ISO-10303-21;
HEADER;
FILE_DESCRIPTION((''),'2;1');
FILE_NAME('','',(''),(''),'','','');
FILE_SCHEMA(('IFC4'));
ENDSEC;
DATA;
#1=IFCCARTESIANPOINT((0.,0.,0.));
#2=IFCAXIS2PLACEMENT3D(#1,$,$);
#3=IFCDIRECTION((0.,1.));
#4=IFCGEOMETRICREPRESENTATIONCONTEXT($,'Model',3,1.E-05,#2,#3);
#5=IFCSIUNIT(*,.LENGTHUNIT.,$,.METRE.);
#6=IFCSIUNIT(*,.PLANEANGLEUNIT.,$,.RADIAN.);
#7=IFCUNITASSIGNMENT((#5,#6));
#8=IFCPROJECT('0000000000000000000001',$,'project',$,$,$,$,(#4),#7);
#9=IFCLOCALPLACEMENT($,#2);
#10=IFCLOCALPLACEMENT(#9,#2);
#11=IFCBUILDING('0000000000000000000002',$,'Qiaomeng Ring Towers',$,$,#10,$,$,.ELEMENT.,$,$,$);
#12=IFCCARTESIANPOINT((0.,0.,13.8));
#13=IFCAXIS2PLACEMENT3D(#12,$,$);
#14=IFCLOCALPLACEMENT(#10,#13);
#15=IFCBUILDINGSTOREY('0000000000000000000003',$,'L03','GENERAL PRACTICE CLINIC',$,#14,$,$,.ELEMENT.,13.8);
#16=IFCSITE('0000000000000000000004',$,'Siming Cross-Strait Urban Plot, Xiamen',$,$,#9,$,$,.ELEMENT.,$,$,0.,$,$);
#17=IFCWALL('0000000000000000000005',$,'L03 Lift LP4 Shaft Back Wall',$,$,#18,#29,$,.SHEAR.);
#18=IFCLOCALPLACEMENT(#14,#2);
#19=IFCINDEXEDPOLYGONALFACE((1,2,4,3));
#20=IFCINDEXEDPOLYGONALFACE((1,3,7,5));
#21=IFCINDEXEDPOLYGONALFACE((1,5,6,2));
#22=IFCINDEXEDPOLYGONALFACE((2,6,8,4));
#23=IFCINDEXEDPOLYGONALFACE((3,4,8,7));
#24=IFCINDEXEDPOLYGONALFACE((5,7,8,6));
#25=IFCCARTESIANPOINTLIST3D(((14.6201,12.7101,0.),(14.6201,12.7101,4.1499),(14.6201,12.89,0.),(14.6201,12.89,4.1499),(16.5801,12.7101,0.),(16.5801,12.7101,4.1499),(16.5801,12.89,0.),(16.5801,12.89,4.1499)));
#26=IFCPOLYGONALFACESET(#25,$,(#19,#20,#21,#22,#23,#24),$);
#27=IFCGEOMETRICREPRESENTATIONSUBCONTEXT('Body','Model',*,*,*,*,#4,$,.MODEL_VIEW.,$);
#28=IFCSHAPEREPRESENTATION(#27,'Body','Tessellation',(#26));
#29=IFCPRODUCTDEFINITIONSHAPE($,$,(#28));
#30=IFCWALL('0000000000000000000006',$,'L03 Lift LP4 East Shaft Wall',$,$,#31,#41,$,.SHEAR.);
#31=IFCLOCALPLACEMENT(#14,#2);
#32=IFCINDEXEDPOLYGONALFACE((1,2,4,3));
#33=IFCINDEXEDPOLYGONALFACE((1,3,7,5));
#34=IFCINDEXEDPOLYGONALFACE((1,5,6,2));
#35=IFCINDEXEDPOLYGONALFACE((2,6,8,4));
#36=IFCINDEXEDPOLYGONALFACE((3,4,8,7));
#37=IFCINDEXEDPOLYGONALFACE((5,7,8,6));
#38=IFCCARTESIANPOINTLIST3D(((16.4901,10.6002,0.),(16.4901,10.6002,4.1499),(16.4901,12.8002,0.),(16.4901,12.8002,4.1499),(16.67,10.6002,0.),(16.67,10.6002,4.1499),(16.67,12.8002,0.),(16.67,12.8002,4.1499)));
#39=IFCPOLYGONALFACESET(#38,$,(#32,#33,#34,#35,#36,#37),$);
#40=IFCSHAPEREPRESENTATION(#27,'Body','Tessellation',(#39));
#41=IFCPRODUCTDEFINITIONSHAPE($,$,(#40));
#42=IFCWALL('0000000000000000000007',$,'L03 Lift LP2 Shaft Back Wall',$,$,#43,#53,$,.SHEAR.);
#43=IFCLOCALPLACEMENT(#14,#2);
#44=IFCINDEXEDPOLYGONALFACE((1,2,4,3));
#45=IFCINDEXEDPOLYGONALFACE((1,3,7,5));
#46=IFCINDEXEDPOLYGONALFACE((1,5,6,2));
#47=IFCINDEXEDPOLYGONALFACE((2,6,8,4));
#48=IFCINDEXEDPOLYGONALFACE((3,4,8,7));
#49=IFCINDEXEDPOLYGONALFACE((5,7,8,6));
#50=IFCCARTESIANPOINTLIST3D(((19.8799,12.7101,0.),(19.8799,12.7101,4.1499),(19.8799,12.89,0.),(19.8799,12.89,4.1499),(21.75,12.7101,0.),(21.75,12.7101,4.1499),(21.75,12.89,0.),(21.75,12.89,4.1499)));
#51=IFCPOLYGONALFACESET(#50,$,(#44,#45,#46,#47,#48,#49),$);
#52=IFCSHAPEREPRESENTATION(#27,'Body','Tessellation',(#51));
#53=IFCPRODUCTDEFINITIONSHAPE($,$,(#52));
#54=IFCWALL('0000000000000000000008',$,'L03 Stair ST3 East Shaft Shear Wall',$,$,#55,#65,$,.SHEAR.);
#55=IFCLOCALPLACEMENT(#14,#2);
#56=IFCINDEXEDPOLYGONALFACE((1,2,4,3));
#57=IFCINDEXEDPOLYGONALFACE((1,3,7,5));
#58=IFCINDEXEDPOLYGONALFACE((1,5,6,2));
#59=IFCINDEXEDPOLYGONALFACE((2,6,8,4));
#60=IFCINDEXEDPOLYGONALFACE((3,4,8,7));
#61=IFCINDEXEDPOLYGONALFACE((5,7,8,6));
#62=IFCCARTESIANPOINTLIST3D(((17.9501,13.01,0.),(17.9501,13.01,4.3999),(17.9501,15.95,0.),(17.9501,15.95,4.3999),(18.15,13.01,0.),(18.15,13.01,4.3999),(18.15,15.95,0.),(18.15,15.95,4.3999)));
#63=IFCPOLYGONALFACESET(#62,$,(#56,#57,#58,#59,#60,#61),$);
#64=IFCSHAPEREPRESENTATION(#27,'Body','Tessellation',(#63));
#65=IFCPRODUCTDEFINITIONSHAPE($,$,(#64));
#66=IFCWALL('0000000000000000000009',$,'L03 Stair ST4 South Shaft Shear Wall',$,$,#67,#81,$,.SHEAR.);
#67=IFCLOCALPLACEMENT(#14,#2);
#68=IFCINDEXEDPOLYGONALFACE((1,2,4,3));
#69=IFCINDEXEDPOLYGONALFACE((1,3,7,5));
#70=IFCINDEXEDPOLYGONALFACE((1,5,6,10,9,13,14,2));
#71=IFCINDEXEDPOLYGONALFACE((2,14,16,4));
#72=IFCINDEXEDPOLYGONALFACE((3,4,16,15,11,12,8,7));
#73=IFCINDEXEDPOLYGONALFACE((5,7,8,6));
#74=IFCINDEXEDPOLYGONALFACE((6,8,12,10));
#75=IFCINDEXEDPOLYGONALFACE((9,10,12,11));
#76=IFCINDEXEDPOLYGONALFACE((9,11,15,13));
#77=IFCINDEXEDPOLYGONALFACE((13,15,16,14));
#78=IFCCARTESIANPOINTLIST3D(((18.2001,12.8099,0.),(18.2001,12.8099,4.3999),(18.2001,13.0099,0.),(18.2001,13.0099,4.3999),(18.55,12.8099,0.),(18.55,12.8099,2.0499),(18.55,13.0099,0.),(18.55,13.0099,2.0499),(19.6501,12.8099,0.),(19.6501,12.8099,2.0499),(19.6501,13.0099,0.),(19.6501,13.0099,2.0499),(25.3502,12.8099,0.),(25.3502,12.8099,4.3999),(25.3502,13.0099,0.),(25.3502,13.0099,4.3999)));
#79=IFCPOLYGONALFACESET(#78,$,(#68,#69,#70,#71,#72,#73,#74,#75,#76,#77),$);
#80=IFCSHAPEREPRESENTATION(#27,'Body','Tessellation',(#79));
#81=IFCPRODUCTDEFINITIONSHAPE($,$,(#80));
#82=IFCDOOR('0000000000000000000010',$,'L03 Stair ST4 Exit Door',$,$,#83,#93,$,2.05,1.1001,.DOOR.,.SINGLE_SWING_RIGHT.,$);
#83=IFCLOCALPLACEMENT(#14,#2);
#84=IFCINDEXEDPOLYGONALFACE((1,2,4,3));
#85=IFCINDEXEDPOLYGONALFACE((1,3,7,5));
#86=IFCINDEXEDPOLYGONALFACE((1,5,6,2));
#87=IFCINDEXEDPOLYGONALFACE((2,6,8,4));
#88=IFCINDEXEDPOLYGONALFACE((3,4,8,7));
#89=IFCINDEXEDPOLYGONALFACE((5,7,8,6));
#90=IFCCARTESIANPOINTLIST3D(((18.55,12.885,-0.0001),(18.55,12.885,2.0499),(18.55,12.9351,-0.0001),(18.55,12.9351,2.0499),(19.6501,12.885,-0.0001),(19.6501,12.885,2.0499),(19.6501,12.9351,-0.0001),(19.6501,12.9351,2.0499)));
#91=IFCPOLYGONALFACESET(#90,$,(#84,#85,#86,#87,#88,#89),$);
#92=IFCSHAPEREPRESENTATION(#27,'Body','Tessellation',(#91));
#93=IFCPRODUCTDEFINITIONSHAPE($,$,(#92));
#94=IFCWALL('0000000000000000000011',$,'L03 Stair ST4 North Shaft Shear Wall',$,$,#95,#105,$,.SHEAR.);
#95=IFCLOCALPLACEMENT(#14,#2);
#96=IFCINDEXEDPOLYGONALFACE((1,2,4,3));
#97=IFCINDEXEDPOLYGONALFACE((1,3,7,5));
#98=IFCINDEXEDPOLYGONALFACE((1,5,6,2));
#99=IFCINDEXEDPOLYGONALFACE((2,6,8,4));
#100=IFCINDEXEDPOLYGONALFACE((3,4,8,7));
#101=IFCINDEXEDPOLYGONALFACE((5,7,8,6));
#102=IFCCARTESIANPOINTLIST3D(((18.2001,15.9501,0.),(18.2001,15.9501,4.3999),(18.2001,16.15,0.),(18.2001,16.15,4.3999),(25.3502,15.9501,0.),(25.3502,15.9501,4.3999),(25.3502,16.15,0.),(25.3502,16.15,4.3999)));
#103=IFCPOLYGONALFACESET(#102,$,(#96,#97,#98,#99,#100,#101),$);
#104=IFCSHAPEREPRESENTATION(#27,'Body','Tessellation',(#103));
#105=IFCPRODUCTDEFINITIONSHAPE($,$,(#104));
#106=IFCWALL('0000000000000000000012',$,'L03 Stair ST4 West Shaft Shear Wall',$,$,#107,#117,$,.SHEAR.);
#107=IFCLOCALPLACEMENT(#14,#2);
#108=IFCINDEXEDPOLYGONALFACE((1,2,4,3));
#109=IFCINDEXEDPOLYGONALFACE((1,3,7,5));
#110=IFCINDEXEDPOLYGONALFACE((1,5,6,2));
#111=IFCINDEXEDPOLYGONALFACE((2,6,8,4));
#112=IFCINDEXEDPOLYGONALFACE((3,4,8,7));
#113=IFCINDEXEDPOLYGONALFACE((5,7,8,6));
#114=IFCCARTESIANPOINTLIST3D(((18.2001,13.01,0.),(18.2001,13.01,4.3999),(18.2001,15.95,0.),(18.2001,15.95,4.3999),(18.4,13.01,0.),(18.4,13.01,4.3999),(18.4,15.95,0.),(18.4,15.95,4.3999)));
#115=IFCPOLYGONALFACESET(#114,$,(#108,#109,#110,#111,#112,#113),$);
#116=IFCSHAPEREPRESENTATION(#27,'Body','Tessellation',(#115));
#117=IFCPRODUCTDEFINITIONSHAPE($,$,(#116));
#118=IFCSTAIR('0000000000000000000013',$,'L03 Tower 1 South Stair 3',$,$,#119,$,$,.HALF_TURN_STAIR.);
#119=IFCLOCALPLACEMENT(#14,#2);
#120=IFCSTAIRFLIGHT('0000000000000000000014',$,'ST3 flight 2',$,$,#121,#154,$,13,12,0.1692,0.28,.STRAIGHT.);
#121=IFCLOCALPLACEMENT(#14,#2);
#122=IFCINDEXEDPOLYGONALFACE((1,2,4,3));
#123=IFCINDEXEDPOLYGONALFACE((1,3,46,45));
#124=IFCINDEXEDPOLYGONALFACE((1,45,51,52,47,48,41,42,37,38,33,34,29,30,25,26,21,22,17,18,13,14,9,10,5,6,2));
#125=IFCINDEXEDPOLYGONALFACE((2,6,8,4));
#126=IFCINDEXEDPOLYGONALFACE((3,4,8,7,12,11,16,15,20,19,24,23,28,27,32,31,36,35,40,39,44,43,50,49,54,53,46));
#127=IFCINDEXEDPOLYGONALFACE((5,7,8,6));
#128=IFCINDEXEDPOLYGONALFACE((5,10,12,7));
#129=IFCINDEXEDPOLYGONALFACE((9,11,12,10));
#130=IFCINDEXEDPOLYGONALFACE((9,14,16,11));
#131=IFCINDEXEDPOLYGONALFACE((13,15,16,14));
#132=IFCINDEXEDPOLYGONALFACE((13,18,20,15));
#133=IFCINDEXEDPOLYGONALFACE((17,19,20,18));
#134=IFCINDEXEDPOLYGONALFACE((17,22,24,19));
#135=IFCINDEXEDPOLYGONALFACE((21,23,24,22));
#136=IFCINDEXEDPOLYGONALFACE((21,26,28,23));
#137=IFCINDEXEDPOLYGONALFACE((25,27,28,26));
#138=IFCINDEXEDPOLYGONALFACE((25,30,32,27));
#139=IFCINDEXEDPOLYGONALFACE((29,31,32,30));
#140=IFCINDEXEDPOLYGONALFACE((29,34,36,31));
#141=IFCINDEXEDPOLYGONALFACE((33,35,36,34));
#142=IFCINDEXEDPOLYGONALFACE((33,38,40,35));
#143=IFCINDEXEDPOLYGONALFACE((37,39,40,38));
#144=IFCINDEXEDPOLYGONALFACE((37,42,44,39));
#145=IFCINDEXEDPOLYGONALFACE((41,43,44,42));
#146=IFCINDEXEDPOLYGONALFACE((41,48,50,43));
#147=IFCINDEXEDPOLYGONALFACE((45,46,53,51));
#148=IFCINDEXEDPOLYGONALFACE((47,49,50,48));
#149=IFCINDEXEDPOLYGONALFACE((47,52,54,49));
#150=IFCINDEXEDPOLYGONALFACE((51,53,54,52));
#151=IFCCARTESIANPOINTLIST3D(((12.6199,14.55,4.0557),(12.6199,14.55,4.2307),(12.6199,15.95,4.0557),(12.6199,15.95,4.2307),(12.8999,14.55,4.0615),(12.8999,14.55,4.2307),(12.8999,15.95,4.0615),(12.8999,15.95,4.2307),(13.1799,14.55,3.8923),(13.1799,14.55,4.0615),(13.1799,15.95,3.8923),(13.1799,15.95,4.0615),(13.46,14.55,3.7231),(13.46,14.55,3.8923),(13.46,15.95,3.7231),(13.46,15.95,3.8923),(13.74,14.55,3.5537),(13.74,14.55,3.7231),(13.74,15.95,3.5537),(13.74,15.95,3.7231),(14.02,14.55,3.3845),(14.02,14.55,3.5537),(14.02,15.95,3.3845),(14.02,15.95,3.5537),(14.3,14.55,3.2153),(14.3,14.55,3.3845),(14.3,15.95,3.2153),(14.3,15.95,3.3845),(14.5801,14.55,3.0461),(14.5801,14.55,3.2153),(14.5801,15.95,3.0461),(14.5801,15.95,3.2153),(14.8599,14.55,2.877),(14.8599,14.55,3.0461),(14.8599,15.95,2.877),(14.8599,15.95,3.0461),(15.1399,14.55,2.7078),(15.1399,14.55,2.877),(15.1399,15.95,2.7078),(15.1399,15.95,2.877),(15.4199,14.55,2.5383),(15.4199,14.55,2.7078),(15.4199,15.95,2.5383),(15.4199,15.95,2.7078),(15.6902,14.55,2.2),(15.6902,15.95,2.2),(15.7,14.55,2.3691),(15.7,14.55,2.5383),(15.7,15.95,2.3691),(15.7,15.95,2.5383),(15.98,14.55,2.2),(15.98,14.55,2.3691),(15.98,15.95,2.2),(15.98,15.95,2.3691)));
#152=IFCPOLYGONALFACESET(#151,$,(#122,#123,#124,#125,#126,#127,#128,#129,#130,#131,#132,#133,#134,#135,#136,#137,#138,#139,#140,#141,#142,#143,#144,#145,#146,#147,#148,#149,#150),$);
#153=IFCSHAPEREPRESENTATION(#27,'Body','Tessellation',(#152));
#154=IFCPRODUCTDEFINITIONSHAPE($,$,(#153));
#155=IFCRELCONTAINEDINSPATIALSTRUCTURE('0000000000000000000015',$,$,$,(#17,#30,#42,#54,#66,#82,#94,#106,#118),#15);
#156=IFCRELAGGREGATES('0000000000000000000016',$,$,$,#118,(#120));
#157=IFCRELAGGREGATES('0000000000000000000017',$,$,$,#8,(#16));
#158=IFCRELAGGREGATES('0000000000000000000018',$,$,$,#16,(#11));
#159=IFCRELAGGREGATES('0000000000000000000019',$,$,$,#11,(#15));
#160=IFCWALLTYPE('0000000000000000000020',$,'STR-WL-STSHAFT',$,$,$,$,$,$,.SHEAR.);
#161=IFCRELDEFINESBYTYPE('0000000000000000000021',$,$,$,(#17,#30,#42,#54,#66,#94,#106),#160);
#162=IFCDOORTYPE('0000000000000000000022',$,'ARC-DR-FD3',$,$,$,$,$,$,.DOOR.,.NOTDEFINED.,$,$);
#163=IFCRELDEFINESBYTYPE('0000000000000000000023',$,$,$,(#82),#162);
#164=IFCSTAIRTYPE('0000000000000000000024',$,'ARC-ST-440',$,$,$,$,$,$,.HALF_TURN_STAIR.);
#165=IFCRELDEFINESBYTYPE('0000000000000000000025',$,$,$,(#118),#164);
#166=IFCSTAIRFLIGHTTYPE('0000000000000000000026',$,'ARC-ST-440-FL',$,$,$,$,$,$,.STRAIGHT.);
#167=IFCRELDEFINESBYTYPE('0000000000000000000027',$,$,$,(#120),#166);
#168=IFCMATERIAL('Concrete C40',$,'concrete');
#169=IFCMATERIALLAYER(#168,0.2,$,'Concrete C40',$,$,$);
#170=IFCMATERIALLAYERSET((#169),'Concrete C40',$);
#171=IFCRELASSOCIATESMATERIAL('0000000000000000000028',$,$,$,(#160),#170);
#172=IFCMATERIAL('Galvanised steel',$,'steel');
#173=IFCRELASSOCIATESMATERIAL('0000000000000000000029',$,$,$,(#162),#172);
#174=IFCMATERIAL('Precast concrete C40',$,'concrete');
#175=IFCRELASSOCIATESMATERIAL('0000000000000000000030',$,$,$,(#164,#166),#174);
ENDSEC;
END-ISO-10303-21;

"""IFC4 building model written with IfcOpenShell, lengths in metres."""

from ifc_helpers import new_model, si_unit, direction, frame, frame_2d, origin, place, context, subcontext, project, spatial, polyline, rectangle, outline, extrude, source, transform, mapped, material, layer, layer_set, type_object, element, fill, aggregate, save


model = new_model("IFC4")

# Units and contexts
model_context = context("Model", 3, precision=1e-05, world=origin(), true_north=direction((0.0, 1.0)))
body_context = subcontext(model_context, "Body", "Model", "MODEL_VIEW")
ifc_project = project(units=[si_unit("LENGTHUNIT", "METRE"), si_unit("PLANEANGLEUNIT", "RADIAN")], contexts=[model_context])

# Site, building, storey
site_placement = place(None, origin())
site = spatial("IfcSite", under=ifc_project, at=site_placement, Name="Siming Cross-Strait Urban Plot, Xiamen", CompositionType="ELEMENT", RefElevation=0.0)
building_placement = place(site_placement, origin())
building = spatial("IfcBuilding", under=site, at=building_placement, Name="Qiaomeng Ring Towers", CompositionType="ELEMENT")
storey_placement = place(building_placement, frame((0.0, 0.0, 13.8)))
storey = spatial("IfcBuildingStorey", under=building, at=storey_placement, Name="L03", Description="GENERAL PRACTICE CLINIC", CompositionType="ELEMENT", Elevation=13.8)

# Shared definitions
ifc_material_1 = material(Name="Precast concrete C40", Category="concrete")

# Walls
ifc_material_2 = material(Name="Concrete C40", Category="concrete")
ifc_layer_1 = layer(ifc_material_2, 0.2, Name="Concrete C40")
ifc_layer_set_1 = layer_set([ifc_layer_1], Name="Concrete C40")
wall_type_1 = type_object("IfcWallType", Name="STR-WL-STSHAFT", PredefinedType="SHEAR", material=ifc_layer_set_1)
wall_1_placement = place(storey_placement, frame((14.6201, 12.8, 0.0), z_axis=(0.0, 0.0, 1.0), x_axis=(1.0, 0.0, 0.0)))
element("IfcWall", 1, at=wall_1_placement, inside=storey, type_object=wall_type_1, Name="L03 Lift LP4 Shaft Back Wall", PredefinedType="SHEAR", context=body_context, shape_type="SweptSolid", body=[
    extrude(rectangle(XDim=1.96, YDim=0.1799, at=frame_2d((0.98, 0.0))), origin(), (0.0, 0.0, 1.0), 4.1499),
])
wall_2_placement = place(storey_placement, frame((16.5801, 10.6001, 0.0), z_axis=(0.0, 0.0, 1.0), x_axis=(0.0, 1.0, 0.0)))
element("IfcWall", 2, at=wall_2_placement, inside=storey, type_object=wall_type_1, Name="L03 Lift LP4 East Shaft Wall", PredefinedType="SHEAR", context=body_context, shape_type="SweptSolid", body=[
    extrude(rectangle(XDim=2.2, YDim=0.1799, at=frame_2d((1.1001, 0.0))), origin(), (0.0, 0.0, 1.0), 4.1499),
])
wall_3_placement = place(storey_placement, frame((19.8799, 12.8, 0.0), z_axis=(0.0, 0.0, 1.0), x_axis=(1.0, 0.0, 0.0)))
element("IfcWall", 3, at=wall_3_placement, inside=storey, type_object=wall_type_1, Name="L03 Lift LP2 Shaft Back Wall", PredefinedType="SHEAR", context=body_context, shape_type="SweptSolid", body=[
    extrude(rectangle(XDim=1.8701, YDim=0.1799, at=frame_2d((0.9351, 0.0))), origin(), (0.0, 0.0, 1.0), 4.1499),
])
wall_4_placement = place(storey_placement, frame((18.05, 13.01, 0.0), z_axis=(0.0, 0.0, 1.0), x_axis=(0.0, 1.0, 0.0)))
element("IfcWall", 4, at=wall_4_placement, inside=storey, type_object=wall_type_1, Name="L03 Stair ST3 East Shaft Shear Wall", PredefinedType="SHEAR", context=body_context, shape_type="SweptSolid", body=[
    extrude(rectangle(XDim=2.9399, YDim=0.2, at=frame_2d((1.47, 0.0))), origin(), (0.0, 0.0, 1.0), 4.3999),
])

# Wall, opening, door
wall_5_placement = place(storey_placement, frame((18.2, 12.9099, 0.0), z_axis=(0.0, 0.0, 1.0), x_axis=(1.0, 0.0, 0.0)))
wall_5 = element("IfcWall", 5, at=wall_5_placement, inside=storey, type_object=wall_type_1, Name="L03 Stair ST4 South Shaft Shear Wall", PredefinedType="SHEAR", context=body_context, shape_type="SweptSolid", body=[
    extrude(rectangle(XDim=7.1501, YDim=0.2, at=frame_2d((3.5752, 0.0))), origin(), (0.0, 0.0, 1.0), 4.3999),
])
opening_1_placement = place(wall_5_placement, frame((0.3501, 0.0, 0.0)))
opening_1 = element("IfcOpeningElement", 6, at=opening_1_placement, cuts=wall_5, PredefinedType="OPENING", context=body_context, shape_type="SweptSolid", body=[
    extrude(rectangle(XDim=1.1001, YDim=2.05, at=frame_2d((0.55, 1.0249))), frame((0.0, 0.1099, 0.0), z_axis=(0.0, -1.0, 0.0), x_axis=(1.0, 0.0, 0.0)), (0.0, 0.0, 1.0), 0.22),
])
ifc_material_3 = material(Name="Galvanised steel", Category="steel")
door_type_1 = type_object("IfcDoorType", Name="ARC-DR-FD3", OperationType="NOTDEFINED", PredefinedType="DOOR", material=ifc_material_3)
shared_shape_1 = source(origin(), body_context, "Body", "SweptSolid", [
    extrude(rectangle(XDim=1.1001, YDim=2.05, at=frame_2d((0.55, 1.0249))), frame((0.0, 0.0249, 0.0), z_axis=(0.0, -1.0, 0.0), x_axis=(1.0, 0.0, 0.0)), (0.0, 0.0, 1.0), 0.05),
])
door_1_placement = place(opening_1_placement, frame((1.1001, 0.0, 0.0), z_axis=(0.0, 0.0, 1.0), x_axis=(-1.0, 0.0, 0.0)))
door_1 = element("IfcDoor", 7, at=door_1_placement, inside=storey, type_object=door_type_1, Name="L03 Stair ST4 Exit Door", OperationType="SINGLE_SWING_RIGHT", OverallHeight=2.05, OverallWidth=1.1001, PredefinedType="DOOR", context=body_context, shape_type="MappedRepresentation", body=[
    mapped(shared_shape_1, transform((0.0, 0.0, 0.0), x_axis=(1.0, 0.0, 0.0), y_axis=(0.0, 1.0, 0.0), z_axis=(0.0, 0.0, 1.0), scale=1.0)),
])
fill(opening_1, door_1)

# Walls
wall_6_placement = place(storey_placement, frame((18.2, 16.05, 0.0), z_axis=(0.0, 0.0, 1.0), x_axis=(1.0, 0.0, 0.0)))
element("IfcWall", 8, at=wall_6_placement, inside=storey, type_object=wall_type_1, Name="L03 Stair ST4 North Shaft Shear Wall", PredefinedType="SHEAR", context=body_context, shape_type="SweptSolid", body=[
    extrude(rectangle(XDim=7.1501, YDim=0.2, at=frame_2d((3.5752, 0.0))), origin(), (0.0, 0.0, 1.0), 4.3999),
])
wall_7_placement = place(storey_placement, frame((18.3, 13.01, 0.0), z_axis=(0.0, 0.0, 1.0), x_axis=(0.0, 1.0, 0.0)))
element("IfcWall", 9, at=wall_7_placement, inside=storey, type_object=wall_type_1, Name="L03 Stair ST4 West Shaft Shear Wall", PredefinedType="SHEAR", context=body_context, shape_type="SweptSolid", body=[
    extrude(rectangle(XDim=2.9399, YDim=0.2, at=frame_2d((1.47, 0.0))), origin(), (0.0, 0.0, 1.0), 4.3999),
])

# Stair, stair flight
stair_type = type_object("IfcStairType", Name="ARC-ST-440", PredefinedType="HALF_TURN_STAIR", material=ifc_material_1)
stair_1_placement = place(storey_placement, origin())
stair_1 = element("IfcStair", 10, at=stair_1_placement, inside=storey, type_object=stair_type, Name="L03 Tower 1 South Stair 3", PredefinedType="HALF_TURN_STAIR")
stair_flight_type = type_object("IfcStairFlightType", Name="ARC-ST-440-FL", PredefinedType="STRAIGHT", material=ifc_material_1)
shared_shape_2 = source(origin(), body_context, "Body", "SweptSolid", [
    extrude(outline(polyline([(0.0, 0.0), (0.0, 0.1692), (0.28, 0.1692), (0.28, 0.3384), (0.5601, 0.3384), (0.5601, 0.5078), (0.8401, 0.5078), (0.8401, 0.677), (1.1201, 0.677), (1.1201, 0.8462), (1.3999, 0.8462), (1.3999, 1.0154), (1.6799, 1.0154), (1.6799, 1.1846), (1.96, 1.1846), (1.96, 1.3538), (2.24, 1.3538), (2.24, 1.5232), (2.52, 1.5232), (2.52, 1.6924), (2.8, 1.6924), (2.8, 1.8616), (3.0801, 1.8616), (3.0801, 2.0308), (3.3601, 2.0308), (3.3601, 2.2), (3.3601, 1.8557), (0.2898, 0.0), (0.0, 0.0)])), frame((0.0, 0.7, 0.0), z_axis=(0.0, -1.0, 0.0), x_axis=(1.0, 0.0, 0.0)), (0.0, 0.0, 1.0), 1.3999),
])
stair_flight_1_placement = place(storey_placement, frame((15.98, 15.25, 2.2), z_axis=(0.0, 0.0, 1.0), x_axis=(-1.0, 0.0, 0.0)))
stair_flight_1 = element("IfcStairFlight", 11, at=stair_flight_1_placement, type_object=stair_flight_type, Name="ST3 flight 2", NumberOfRisers=13, NumberOfTreads=12, PredefinedType="STRAIGHT", RiserHeight=0.1692, TreadLength=0.28, context=body_context, shape_type="MappedRepresentation", body=[
    mapped(shared_shape_2, transform((0.0, 0.0, 0.0), x_axis=(1.0, 0.0, 0.0), y_axis=(0.0, 1.0, 0.0), z_axis=(0.0, 0.0, 1.0), scale=1.0)),
])
aggregate(stair_1, [stair_flight_1])

save(model, "model.ifc")
